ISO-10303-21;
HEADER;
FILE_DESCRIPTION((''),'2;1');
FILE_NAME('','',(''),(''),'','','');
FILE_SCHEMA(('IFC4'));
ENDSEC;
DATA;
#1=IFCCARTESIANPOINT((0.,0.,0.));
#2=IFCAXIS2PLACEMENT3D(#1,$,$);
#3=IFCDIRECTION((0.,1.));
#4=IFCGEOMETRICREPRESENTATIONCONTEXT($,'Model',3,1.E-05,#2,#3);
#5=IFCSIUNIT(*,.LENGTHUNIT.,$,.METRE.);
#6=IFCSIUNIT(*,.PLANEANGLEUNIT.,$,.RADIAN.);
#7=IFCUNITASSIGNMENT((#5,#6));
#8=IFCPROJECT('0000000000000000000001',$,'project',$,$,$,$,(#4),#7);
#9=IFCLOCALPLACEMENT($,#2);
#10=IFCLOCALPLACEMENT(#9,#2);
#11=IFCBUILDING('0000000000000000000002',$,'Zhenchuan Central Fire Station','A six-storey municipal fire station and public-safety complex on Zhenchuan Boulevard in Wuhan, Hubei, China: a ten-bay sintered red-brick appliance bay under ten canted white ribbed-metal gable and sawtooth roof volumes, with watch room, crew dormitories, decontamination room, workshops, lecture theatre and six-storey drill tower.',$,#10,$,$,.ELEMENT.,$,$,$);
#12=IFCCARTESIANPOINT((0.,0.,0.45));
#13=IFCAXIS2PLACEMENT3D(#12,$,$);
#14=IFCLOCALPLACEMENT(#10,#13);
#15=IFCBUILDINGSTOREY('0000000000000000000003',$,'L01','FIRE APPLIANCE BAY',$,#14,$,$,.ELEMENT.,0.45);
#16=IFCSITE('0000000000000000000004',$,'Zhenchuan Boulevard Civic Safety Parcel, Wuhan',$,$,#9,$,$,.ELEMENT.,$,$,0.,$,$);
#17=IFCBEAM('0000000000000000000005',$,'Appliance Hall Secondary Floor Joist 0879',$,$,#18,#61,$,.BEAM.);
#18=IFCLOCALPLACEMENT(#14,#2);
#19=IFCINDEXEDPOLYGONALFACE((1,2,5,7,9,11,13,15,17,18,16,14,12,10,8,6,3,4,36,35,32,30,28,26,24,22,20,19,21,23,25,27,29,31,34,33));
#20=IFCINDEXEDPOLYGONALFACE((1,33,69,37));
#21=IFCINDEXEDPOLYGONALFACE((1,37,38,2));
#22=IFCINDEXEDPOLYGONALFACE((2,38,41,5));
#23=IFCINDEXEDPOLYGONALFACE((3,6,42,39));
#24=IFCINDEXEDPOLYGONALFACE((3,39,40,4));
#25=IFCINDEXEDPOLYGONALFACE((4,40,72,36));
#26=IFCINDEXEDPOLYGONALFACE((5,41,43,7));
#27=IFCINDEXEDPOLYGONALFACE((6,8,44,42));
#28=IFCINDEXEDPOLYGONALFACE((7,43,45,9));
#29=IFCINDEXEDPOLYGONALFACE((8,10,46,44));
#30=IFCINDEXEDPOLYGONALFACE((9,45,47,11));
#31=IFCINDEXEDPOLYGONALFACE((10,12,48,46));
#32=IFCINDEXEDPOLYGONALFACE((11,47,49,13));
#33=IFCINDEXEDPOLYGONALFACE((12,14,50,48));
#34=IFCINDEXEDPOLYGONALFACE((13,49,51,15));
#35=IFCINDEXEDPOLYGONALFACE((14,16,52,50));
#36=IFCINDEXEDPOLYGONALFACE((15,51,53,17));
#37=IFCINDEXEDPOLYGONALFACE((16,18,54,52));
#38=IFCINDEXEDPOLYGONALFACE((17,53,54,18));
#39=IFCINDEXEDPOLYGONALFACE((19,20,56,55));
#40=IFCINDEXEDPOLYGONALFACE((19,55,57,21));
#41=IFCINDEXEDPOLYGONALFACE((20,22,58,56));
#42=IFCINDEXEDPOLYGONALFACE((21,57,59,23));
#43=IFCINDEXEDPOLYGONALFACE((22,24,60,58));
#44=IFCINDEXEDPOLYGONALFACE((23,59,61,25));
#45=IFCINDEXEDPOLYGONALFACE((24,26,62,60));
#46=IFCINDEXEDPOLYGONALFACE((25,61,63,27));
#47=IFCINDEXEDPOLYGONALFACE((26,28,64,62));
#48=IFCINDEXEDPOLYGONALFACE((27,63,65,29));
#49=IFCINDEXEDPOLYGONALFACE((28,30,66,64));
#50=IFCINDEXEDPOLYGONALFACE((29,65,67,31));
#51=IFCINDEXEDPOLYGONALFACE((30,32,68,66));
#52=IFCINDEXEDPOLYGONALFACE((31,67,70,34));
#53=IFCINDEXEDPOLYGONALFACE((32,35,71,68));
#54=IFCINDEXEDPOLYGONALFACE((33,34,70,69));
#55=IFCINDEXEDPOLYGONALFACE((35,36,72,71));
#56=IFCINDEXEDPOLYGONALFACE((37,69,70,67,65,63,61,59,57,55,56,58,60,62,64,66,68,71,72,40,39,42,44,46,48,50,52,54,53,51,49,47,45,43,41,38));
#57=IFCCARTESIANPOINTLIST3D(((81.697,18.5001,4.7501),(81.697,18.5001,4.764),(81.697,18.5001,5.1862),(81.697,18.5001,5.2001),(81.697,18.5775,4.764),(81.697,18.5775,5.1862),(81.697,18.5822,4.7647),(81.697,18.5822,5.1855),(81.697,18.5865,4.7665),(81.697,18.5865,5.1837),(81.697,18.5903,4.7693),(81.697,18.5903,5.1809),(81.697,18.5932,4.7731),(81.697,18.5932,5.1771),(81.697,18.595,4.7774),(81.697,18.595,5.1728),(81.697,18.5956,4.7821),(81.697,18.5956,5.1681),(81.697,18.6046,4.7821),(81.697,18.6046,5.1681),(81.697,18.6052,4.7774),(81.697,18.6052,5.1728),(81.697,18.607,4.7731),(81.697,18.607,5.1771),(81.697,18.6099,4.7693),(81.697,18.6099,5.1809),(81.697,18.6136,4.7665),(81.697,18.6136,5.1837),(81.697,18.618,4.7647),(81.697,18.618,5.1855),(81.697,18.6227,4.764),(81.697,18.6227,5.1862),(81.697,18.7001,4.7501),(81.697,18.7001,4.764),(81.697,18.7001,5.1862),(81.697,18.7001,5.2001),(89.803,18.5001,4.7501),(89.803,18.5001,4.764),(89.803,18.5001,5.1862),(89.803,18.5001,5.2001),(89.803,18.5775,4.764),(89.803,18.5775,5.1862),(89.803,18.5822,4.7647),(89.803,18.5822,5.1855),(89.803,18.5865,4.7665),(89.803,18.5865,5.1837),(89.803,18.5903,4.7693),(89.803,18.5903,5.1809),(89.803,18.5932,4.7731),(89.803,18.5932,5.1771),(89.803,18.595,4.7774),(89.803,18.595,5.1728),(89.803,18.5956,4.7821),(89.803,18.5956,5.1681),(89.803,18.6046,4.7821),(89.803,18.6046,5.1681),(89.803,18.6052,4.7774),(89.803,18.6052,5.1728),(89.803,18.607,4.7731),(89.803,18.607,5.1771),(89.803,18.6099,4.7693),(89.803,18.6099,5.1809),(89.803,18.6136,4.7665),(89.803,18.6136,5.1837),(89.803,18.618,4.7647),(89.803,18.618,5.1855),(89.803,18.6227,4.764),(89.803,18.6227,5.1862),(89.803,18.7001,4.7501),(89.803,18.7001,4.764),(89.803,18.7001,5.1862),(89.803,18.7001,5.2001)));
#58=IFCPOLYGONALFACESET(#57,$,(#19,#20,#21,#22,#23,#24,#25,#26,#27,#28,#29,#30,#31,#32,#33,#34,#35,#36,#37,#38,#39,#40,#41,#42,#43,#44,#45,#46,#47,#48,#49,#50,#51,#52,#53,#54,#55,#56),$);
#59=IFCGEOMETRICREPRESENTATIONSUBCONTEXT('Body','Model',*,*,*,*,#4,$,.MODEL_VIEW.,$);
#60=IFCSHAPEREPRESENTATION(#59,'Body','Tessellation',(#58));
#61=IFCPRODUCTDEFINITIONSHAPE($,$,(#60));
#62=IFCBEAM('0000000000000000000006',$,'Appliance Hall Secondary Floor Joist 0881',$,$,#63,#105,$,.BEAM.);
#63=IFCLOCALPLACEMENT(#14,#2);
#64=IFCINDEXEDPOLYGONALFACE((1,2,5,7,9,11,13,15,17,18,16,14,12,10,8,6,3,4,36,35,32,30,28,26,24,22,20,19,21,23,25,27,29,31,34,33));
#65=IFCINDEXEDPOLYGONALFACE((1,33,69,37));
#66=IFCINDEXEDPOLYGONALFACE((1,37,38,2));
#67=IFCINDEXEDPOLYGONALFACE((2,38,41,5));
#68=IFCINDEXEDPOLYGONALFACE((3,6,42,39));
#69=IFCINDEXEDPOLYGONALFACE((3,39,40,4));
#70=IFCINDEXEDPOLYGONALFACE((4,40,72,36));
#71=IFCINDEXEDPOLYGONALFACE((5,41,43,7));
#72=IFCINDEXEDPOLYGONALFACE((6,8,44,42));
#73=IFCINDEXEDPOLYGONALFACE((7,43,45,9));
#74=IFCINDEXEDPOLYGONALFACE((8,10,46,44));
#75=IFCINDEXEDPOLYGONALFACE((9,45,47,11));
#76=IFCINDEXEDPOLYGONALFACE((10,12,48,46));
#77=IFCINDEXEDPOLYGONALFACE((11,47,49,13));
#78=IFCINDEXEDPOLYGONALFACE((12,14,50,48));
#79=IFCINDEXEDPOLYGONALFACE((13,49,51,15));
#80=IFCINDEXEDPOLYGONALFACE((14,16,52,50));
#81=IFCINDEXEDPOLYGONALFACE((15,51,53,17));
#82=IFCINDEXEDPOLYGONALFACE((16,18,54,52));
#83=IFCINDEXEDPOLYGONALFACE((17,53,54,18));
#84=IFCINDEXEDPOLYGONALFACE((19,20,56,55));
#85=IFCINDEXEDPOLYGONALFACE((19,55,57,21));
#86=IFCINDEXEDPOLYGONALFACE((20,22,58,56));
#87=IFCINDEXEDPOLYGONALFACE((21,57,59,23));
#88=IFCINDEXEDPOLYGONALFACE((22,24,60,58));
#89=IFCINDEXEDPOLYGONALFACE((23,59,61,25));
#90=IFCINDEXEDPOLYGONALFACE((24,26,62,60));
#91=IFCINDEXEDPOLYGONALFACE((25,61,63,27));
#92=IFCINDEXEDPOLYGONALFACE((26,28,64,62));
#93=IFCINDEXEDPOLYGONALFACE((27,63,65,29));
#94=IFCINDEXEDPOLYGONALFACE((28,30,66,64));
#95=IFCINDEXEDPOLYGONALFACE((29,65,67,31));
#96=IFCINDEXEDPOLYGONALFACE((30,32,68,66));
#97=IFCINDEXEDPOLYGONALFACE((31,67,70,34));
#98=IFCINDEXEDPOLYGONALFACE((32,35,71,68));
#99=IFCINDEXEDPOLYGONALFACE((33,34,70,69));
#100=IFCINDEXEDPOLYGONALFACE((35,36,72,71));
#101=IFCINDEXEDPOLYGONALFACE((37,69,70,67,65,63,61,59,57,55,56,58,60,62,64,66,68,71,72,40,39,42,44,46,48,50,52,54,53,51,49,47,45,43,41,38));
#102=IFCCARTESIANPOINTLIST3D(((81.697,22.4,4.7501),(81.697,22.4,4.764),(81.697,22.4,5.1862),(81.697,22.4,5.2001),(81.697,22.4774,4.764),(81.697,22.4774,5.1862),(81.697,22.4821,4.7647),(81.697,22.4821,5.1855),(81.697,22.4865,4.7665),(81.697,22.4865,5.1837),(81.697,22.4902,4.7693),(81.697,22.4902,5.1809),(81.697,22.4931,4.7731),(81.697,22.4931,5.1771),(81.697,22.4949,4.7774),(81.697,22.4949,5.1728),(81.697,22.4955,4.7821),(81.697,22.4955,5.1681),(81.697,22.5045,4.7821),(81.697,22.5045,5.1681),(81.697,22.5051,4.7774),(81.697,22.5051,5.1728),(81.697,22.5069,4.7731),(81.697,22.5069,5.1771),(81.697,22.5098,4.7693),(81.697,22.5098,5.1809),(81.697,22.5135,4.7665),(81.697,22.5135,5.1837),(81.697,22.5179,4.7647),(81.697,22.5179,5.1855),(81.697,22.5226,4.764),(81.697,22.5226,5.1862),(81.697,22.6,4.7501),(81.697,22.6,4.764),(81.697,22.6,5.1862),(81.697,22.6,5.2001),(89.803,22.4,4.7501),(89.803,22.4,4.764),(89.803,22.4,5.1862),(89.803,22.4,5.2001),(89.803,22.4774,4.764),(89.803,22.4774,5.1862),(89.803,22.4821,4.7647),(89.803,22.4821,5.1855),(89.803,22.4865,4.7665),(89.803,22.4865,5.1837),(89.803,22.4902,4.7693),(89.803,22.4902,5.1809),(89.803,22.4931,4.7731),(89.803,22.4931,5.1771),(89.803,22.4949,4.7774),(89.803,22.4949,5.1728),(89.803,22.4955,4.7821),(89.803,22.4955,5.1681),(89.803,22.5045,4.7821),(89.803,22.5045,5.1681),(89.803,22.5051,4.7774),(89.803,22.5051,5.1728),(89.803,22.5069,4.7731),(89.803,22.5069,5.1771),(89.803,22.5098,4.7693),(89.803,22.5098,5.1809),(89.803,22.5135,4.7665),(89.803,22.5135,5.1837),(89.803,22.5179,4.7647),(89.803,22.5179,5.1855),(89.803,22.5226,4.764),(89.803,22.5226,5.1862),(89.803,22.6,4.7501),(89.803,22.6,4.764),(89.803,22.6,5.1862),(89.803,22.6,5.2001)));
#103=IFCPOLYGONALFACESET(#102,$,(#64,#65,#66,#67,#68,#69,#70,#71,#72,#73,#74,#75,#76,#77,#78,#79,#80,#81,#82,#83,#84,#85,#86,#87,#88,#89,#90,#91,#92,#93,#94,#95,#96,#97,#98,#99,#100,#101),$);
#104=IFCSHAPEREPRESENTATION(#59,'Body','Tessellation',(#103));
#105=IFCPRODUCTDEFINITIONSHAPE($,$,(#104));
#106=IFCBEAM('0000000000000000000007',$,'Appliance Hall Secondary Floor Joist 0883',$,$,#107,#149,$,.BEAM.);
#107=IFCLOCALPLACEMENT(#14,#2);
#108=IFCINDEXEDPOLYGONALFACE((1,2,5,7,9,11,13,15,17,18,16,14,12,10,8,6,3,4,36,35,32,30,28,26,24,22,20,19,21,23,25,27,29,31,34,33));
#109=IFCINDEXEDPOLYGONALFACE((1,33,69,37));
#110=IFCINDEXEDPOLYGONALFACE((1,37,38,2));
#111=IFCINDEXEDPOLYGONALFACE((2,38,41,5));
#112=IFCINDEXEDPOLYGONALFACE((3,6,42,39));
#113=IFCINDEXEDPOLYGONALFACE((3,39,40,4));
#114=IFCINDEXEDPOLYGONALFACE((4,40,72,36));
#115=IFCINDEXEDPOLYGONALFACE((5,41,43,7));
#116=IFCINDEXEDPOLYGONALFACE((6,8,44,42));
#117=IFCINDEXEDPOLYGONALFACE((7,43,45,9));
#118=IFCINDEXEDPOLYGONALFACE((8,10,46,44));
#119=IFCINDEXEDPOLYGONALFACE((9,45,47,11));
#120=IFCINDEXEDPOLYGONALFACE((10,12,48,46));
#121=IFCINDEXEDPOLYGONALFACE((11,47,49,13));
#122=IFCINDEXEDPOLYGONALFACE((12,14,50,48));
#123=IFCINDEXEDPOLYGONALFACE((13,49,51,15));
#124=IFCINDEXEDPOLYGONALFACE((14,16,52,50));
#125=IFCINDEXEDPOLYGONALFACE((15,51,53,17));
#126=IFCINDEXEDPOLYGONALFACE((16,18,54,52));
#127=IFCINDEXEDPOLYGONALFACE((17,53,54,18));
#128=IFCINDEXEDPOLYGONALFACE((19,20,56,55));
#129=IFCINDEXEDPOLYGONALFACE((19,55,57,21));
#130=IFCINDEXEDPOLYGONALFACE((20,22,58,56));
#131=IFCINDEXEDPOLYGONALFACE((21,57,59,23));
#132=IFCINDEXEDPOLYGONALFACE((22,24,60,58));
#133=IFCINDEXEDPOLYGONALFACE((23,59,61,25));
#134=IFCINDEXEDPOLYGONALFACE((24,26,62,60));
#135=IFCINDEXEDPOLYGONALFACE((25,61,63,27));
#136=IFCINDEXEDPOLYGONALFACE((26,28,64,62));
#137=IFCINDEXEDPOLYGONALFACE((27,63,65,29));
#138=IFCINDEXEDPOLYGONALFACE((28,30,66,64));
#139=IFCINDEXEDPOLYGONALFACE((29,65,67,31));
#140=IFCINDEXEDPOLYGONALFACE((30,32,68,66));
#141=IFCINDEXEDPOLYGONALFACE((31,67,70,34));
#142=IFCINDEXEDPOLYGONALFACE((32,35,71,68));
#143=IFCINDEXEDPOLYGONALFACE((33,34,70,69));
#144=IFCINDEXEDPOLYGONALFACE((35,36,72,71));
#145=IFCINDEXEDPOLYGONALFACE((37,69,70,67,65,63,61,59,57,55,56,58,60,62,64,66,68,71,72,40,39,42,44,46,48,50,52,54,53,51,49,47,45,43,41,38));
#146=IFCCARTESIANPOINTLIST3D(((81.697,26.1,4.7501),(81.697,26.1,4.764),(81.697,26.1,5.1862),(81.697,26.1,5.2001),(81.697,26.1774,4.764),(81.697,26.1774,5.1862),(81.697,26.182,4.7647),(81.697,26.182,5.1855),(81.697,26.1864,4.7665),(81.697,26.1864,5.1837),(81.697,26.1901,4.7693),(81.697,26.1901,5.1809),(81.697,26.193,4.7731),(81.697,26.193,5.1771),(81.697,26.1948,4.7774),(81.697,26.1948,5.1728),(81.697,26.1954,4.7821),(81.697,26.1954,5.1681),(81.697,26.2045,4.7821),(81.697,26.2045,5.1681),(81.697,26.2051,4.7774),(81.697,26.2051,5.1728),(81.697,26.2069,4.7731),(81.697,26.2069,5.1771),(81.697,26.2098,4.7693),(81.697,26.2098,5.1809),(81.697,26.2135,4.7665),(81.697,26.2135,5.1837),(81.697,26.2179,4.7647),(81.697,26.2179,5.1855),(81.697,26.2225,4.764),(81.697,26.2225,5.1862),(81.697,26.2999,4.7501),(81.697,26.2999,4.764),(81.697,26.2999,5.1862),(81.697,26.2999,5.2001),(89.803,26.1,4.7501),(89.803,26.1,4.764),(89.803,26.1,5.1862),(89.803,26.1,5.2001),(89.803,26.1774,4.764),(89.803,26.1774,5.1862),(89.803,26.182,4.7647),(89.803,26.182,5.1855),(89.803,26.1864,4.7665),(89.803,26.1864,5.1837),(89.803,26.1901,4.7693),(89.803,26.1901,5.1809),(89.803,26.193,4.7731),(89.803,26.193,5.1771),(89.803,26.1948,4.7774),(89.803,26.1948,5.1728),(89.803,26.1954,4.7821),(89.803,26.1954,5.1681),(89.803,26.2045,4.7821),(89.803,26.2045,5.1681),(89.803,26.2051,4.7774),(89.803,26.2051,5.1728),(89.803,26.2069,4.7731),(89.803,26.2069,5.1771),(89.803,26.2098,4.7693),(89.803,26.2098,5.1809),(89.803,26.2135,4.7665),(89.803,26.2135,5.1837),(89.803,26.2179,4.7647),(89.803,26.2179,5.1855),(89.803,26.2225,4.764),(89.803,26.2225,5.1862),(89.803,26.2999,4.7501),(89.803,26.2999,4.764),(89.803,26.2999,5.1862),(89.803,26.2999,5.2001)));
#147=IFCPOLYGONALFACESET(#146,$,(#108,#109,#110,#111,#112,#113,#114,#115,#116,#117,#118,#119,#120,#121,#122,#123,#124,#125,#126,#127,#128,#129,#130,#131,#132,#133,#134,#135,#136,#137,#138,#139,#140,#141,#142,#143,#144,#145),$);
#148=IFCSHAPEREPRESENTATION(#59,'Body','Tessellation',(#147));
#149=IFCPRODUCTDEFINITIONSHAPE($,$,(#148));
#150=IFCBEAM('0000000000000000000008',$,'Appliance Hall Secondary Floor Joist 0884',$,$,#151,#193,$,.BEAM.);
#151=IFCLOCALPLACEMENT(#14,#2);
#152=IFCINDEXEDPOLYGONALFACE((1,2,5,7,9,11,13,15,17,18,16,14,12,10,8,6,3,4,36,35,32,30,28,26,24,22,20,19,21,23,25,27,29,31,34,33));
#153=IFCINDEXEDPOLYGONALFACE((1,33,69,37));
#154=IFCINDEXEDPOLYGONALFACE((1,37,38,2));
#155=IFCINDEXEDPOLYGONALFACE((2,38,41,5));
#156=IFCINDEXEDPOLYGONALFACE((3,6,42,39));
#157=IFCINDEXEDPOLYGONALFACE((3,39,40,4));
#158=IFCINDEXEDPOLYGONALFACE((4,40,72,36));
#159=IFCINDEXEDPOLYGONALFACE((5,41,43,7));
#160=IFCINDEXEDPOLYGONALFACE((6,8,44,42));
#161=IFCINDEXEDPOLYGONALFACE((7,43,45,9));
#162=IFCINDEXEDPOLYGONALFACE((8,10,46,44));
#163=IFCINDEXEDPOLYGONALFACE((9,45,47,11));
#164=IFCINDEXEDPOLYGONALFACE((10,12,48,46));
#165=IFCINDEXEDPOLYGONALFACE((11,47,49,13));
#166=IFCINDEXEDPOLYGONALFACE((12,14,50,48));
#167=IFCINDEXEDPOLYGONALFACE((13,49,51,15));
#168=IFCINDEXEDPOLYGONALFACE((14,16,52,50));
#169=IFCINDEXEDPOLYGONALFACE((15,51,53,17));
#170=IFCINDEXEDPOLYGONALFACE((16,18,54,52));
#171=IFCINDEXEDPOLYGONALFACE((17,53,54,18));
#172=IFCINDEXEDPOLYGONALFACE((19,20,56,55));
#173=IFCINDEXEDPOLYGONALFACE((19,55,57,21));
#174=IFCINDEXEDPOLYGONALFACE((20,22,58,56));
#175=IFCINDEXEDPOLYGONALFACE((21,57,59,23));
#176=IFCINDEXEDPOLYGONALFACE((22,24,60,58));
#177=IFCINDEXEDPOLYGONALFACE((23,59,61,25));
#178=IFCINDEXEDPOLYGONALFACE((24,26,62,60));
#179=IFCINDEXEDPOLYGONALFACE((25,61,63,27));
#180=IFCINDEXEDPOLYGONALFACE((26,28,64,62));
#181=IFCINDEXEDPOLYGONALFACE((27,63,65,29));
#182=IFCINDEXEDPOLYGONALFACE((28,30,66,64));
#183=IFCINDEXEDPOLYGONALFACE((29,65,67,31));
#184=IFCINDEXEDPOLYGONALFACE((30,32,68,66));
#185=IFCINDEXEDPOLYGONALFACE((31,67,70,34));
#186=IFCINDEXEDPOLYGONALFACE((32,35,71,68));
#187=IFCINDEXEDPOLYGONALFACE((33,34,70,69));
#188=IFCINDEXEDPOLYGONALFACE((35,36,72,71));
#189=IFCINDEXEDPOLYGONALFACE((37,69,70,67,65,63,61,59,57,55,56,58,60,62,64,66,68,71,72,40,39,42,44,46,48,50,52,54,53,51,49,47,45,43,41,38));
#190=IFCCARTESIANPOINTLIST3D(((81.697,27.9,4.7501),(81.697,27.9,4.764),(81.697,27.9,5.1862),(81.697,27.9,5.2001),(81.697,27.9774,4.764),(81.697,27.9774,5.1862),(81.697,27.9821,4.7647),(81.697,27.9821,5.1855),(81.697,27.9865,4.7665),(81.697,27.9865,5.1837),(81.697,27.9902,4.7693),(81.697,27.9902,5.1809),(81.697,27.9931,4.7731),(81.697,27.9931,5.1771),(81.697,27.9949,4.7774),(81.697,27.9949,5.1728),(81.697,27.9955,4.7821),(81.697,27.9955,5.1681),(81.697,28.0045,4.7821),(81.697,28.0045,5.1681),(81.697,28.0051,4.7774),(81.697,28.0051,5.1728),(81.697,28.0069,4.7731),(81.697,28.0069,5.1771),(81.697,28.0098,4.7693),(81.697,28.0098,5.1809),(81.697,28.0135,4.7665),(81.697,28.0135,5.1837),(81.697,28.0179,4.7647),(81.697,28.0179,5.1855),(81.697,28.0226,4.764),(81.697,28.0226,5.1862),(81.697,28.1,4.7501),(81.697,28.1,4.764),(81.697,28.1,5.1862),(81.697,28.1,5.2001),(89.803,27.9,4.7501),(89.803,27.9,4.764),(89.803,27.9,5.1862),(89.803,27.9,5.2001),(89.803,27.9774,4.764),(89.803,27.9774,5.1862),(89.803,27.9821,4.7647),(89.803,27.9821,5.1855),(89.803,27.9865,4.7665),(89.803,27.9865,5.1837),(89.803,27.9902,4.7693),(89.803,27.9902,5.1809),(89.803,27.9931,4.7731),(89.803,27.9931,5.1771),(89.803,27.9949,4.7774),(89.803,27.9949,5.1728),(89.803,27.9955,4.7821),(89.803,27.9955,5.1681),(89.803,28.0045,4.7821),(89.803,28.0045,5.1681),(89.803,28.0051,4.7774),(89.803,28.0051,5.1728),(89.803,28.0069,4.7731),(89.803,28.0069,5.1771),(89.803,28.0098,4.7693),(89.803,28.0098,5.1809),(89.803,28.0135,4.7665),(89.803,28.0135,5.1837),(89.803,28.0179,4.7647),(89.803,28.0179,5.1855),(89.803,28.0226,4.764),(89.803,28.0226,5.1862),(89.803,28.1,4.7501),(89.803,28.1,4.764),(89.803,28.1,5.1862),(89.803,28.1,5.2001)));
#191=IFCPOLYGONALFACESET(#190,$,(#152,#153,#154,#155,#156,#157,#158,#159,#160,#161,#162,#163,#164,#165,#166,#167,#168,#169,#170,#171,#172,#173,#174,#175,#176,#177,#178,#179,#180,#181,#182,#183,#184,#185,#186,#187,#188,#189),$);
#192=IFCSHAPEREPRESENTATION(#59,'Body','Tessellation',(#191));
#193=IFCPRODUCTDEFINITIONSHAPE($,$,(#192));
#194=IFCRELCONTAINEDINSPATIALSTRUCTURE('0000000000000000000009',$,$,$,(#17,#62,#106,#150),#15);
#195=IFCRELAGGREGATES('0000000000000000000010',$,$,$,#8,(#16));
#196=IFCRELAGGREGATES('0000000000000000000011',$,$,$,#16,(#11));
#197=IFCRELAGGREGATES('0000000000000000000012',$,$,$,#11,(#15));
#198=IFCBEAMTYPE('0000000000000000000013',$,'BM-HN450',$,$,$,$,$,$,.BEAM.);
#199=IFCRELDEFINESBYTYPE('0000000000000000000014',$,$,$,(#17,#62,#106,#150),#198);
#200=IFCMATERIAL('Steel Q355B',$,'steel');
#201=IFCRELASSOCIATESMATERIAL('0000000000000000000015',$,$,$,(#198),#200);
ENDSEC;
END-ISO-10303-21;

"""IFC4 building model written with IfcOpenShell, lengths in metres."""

from ifc_helpers import new_model, si_unit, direction, frame, origin, origin_2d, place, context, subcontext, project, spatial, i_section, extrude, material, material_profile, profile_set, type_object, element, save


model = new_model("IFC4")

# Units and contexts
model_context = context("Model", 3, precision=1e-05, world=origin(), true_north=direction((0.0, 1.0)))
body_context = subcontext(model_context, "Body", "Model", "MODEL_VIEW")
ifc_project = project(units=[si_unit("LENGTHUNIT", "METRE"), si_unit("PLANEANGLEUNIT", "RADIAN")], contexts=[model_context])

# Site, building, storey
site_placement = place(None, origin())
site = spatial("IfcSite", under=ifc_project, at=site_placement, Name="Zhenchuan Boulevard Civic Safety Parcel, Wuhan", CompositionType="ELEMENT", RefElevation=0.0)
building_placement = place(site_placement, origin())
building = spatial("IfcBuilding", under=site, at=building_placement, Name="Zhenchuan Central Fire Station", Description="A six-storey municipal fire station and public-safety complex on Zhenchuan Boulevard in Wuhan, Hubei, China: a ten-bay sintered red-brick appliance bay under ten canted white ribbed-metal gable and sawtooth roof volumes, with watch room, crew dormitories, decontamination room, workshops, lecture theatre and six-storey drill tower.", CompositionType="ELEMENT")
storey_placement = place(building_placement, frame((0.0, 0.0, 0.45)))
storey = spatial("IfcBuildingStorey", under=building, at=storey_placement, Name="L01", Description="FIRE APPLIANCE BAY", CompositionType="ELEMENT", Elevation=0.45)

# Beams
ifc_material = material(Name="Steel Q355B", Category="steel")
ifc_material_profile_1 = material_profile(ifc_material, i_section(OverallWidth=0.2, OverallDepth=0.45, WebThickness=0.009, FlangeThickness=0.0139, FilletRadius=0.0181, at=origin_2d()), Name="HN 450x200")
ifc_profile_set_1 = profile_set([ifc_material_profile_1], Name="Steel Q355B")
beam_type_1 = type_object("IfcBeamType", Name="BM-HN450", PredefinedType="BEAM", material=ifc_profile_set_1)
for number, where, z_axis, x_axis, name in (
    (1, (81.697, 18.6001, 4.9751), (1.0, 0.0, 0.0), (0.0, 1.0, 0.0), "Appliance Hall Secondary Floor Joist 0879"),
    (2, (81.697, 22.5, 4.9751), (1.0, 0.0, 0.0), (0.0, 1.0, 0.0), "Appliance Hall Secondary Floor Joist 0881"),
    (3, (81.697, 26.2, 4.9751), (1.0, 0.0, 0.0), (0.0, 1.0, 0.0), "Appliance Hall Secondary Floor Joist 0883"),
    (4, (81.697, 28.0, 4.9751), (1.0, 0.0, 0.0), (0.0, 1.0, 0.0), "Appliance Hall Secondary Floor Joist 0884"),
):
    element("IfcBeam", number, at=place(storey_placement, frame(where, z_axis=z_axis, x_axis=x_axis)), inside=storey, type_object=beam_type_1, Name=name, PredefinedType="BEAM", context=body_context, shape_type="SweptSolid", body=[
        extrude(i_section(OverallWidth=0.2, OverallDepth=0.45, WebThickness=0.009, FlangeThickness=0.0139, FilletRadius=0.0181, at=origin_2d()), origin(), (0.0, 0.0, 1.0), 8.106),
    ])

save(model, "model.ifc")
